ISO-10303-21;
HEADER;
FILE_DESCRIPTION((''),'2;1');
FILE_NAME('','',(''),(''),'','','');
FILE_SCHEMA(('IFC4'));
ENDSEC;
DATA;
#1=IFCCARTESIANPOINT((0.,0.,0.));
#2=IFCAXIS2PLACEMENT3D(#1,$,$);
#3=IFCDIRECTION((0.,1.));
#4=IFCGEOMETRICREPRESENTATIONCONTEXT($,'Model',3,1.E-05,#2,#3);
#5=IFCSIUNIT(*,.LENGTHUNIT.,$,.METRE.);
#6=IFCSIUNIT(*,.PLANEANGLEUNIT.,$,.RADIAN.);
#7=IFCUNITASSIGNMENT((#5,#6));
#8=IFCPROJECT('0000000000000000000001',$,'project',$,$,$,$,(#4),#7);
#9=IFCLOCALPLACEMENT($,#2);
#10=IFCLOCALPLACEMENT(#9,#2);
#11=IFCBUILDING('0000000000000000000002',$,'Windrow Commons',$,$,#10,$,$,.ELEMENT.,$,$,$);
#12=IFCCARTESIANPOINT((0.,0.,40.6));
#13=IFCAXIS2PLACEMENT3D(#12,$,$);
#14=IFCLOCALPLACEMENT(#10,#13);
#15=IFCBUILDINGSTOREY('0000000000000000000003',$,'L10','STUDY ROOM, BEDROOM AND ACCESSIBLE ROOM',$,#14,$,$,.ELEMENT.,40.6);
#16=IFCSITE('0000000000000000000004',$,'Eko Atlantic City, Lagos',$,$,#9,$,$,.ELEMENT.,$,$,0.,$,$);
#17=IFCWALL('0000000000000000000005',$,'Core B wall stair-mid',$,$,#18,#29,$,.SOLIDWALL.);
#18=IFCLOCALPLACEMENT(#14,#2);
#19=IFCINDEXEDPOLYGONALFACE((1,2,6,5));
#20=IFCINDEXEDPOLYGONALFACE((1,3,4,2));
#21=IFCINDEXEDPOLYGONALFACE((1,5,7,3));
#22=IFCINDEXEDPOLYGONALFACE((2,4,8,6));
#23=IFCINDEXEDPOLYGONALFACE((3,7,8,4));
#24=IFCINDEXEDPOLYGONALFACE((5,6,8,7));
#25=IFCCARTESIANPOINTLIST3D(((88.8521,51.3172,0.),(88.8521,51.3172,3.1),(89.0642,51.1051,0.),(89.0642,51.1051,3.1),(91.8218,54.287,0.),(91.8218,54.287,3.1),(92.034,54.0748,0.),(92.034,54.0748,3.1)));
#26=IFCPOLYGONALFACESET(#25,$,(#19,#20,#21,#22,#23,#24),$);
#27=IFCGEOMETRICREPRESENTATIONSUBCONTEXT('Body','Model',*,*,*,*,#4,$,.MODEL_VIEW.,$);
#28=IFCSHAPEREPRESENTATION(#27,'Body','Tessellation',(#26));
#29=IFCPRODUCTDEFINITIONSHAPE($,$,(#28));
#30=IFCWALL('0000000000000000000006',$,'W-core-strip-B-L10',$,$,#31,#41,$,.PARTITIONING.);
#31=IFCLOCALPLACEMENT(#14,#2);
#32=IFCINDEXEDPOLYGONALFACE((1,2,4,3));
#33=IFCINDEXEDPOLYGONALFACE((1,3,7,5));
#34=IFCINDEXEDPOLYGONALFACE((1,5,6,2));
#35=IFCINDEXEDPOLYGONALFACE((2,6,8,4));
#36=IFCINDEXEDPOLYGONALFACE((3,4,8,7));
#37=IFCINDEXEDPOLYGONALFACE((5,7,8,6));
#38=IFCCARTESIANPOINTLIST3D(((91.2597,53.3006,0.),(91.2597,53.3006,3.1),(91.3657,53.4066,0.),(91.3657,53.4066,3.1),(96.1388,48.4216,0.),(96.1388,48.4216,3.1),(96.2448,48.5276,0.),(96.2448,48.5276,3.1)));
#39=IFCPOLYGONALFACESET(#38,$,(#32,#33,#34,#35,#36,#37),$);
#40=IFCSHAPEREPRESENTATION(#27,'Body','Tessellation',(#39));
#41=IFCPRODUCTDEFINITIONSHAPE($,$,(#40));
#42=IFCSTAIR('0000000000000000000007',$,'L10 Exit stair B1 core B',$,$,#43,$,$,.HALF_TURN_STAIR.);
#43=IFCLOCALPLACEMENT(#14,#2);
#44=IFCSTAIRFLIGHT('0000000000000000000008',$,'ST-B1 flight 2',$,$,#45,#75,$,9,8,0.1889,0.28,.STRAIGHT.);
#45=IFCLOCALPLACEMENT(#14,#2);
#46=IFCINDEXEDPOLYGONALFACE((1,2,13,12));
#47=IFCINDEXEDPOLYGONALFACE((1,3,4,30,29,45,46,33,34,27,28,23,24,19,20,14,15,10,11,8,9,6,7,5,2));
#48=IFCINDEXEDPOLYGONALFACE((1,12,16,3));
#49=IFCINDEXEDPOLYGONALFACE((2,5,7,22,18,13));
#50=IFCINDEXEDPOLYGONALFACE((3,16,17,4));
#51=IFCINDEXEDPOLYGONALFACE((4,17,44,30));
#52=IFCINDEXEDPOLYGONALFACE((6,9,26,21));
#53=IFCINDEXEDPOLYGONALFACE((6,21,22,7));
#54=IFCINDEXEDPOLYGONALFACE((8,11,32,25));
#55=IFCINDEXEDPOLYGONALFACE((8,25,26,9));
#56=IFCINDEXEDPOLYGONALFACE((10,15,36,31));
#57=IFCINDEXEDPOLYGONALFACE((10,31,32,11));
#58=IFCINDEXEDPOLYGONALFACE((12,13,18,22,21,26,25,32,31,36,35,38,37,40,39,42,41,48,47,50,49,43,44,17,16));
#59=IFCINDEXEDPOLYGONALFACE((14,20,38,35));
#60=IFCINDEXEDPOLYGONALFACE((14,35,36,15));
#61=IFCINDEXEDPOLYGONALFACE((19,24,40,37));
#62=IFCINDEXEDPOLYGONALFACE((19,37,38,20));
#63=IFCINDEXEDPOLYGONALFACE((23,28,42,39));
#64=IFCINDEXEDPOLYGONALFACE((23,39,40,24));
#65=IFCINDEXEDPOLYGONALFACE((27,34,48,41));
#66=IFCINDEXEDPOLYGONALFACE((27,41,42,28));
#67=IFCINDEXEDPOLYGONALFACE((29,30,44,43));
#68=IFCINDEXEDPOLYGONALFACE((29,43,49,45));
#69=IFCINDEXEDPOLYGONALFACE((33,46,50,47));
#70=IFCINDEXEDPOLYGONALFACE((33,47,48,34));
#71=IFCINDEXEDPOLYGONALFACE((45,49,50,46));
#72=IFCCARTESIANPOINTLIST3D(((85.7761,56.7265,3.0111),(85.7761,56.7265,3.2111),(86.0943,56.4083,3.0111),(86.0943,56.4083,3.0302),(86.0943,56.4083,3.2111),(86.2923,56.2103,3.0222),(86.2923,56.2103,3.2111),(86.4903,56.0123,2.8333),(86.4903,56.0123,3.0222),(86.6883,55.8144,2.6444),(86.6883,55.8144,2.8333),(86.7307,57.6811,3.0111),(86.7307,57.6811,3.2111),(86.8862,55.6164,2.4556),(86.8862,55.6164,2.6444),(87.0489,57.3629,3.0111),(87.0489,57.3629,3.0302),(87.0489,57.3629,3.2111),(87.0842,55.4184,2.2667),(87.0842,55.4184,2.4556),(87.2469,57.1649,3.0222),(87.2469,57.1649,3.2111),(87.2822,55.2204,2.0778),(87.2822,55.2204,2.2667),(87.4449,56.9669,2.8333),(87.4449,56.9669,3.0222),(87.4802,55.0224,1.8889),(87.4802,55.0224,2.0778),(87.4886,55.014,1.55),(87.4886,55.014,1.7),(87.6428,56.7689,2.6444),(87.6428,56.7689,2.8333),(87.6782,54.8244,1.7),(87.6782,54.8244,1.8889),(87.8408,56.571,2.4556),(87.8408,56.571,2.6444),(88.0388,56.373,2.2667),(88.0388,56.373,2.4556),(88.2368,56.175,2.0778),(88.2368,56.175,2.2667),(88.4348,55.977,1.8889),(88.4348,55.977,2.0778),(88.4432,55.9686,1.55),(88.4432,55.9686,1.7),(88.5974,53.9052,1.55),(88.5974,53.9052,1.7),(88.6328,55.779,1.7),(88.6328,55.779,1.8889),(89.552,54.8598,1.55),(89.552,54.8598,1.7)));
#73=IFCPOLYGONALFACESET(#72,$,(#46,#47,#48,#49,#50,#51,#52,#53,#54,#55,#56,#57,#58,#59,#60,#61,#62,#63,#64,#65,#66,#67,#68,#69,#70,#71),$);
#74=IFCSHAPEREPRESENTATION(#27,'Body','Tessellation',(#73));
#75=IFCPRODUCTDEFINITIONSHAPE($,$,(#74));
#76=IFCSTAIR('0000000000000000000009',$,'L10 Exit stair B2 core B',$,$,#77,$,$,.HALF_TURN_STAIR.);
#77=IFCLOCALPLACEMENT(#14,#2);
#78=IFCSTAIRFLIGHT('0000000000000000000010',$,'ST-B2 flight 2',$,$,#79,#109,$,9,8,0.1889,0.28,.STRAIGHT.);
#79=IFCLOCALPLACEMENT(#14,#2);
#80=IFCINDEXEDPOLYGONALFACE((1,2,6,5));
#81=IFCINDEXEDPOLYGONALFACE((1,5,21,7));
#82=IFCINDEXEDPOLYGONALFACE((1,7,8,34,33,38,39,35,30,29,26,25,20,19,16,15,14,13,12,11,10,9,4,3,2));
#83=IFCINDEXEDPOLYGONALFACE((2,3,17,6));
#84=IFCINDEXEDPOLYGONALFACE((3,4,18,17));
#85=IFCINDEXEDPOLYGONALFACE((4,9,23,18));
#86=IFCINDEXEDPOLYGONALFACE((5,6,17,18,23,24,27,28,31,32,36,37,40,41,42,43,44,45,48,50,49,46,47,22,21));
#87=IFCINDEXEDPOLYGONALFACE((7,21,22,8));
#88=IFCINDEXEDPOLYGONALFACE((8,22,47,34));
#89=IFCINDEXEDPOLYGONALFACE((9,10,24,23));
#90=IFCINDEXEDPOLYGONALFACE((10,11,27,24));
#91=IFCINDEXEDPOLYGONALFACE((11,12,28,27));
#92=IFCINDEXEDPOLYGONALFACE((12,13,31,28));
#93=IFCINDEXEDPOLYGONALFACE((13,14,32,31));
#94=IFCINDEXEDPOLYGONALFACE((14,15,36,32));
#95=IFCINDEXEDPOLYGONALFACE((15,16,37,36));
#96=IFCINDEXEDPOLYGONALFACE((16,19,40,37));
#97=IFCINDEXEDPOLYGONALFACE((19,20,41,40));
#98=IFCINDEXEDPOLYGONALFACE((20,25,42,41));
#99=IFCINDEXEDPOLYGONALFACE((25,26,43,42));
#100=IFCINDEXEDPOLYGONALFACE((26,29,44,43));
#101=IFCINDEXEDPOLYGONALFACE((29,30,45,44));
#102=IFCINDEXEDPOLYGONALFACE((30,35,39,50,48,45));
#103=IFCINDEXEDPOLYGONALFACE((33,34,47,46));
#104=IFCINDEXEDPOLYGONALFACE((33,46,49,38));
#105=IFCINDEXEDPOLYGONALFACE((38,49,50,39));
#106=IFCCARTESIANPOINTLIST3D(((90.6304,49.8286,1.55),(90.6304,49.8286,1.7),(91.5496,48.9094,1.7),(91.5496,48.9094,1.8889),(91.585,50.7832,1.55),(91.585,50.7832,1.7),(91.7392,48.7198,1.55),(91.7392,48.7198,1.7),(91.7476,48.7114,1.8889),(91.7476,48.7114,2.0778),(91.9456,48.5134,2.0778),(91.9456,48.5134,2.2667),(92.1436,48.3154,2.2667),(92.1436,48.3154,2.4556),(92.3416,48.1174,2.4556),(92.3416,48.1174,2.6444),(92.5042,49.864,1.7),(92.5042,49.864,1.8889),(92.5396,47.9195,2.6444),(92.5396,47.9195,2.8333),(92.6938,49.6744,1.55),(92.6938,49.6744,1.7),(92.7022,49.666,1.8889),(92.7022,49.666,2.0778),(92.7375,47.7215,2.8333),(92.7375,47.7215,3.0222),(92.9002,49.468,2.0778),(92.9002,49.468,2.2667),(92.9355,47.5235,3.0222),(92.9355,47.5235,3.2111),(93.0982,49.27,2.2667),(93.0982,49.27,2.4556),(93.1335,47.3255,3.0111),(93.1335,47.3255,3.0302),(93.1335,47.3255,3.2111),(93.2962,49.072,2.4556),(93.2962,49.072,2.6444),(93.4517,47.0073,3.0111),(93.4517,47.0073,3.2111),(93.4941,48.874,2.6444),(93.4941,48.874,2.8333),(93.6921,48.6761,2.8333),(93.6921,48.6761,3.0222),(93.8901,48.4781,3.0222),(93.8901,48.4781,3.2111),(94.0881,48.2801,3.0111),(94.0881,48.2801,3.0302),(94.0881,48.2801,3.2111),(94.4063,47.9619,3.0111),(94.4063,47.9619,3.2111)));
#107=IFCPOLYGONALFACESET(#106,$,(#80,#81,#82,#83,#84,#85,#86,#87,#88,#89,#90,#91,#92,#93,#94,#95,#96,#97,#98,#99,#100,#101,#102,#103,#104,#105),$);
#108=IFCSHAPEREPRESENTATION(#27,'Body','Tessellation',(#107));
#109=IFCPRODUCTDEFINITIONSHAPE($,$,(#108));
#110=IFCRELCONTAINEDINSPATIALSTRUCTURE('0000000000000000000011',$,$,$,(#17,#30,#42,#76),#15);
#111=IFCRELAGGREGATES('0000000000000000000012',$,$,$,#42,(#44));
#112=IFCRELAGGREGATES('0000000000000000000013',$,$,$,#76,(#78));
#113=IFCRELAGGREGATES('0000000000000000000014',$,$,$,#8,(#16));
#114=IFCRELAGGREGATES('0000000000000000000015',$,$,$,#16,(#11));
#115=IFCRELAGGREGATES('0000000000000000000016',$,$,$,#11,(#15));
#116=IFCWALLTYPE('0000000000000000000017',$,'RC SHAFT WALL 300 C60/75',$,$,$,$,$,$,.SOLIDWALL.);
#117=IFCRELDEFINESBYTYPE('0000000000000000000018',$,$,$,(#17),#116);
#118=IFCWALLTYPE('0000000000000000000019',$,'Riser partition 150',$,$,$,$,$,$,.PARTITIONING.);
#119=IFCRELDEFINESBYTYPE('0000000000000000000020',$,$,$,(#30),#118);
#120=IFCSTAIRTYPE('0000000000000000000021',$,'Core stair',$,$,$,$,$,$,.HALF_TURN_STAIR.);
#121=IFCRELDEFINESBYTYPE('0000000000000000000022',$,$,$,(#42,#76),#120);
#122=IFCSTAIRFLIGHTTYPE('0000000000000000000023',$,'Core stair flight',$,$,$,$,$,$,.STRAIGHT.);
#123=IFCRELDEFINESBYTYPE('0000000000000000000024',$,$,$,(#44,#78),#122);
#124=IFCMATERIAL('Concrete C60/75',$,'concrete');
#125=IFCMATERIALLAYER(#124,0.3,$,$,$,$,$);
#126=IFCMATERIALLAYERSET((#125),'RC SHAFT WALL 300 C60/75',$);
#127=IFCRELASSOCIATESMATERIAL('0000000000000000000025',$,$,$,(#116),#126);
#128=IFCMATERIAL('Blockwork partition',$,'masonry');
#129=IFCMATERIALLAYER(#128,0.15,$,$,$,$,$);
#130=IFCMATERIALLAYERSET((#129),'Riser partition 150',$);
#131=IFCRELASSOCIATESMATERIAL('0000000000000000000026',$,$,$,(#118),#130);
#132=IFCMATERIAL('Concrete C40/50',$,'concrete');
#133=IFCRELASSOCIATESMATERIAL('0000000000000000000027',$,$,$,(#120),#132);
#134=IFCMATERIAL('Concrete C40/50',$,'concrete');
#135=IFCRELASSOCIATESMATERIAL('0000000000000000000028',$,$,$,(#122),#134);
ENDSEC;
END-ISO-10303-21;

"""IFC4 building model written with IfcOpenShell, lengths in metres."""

from ifc_helpers import new_model, si_unit, direction, frame, frame_2d, origin, place, context, subcontext, project, spatial, polyline, rectangle, outline, extrude, material, layer, layer_set, type_object, element, aggregate, save


model = new_model("IFC4")

# Units and contexts
model_context = context("Model", 3, precision=1e-05, world=origin(), true_north=direction((0.0, 1.0)))
body_context = subcontext(model_context, "Body", "Model", "MODEL_VIEW")
ifc_project = project(units=[si_unit("LENGTHUNIT", "METRE"), si_unit("PLANEANGLEUNIT", "RADIAN")], contexts=[model_context])

# Site, building, storey
site_placement = place(None, origin())
site = spatial("IfcSite", under=ifc_project, at=site_placement, Name="Eko Atlantic City, Lagos", CompositionType="ELEMENT", RefElevation=0.0)
building_placement = place(site_placement, origin())
building = spatial("IfcBuilding", under=site, at=building_placement, Name="Windrow Commons", CompositionType="ELEMENT")
storey_placement = place(building_placement, frame((0.0, 0.0, 40.6)))
storey = spatial("IfcBuildingStorey", under=building, at=storey_placement, Name="L10", Description="STUDY ROOM, BEDROOM AND ACCESSIBLE ROOM", CompositionType="ELEMENT", Elevation=40.6)

# Walls
ifc_material_1 = material(Name="Concrete C60/75", Category="concrete")
ifc_layer_1 = layer(ifc_material_1, 0.3)
ifc_layer_set_1 = layer_set([ifc_layer_1], Name="RC SHAFT WALL 300 C60/75")
wall_type_1 = type_object("IfcWallType", Name="RC SHAFT WALL 300 C60/75", PredefinedType="SOLIDWALL", material=ifc_layer_set_1)
wall_1_placement = place(storey_placement, frame((88.9581, 51.2111, 0.0), z_axis=(0.0, 0.0, 1.0), x_axis=(0.707107, 0.707107, 0.0)))
element("IfcWall", 1, at=wall_1_placement, inside=storey, type_object=wall_type_1, Name="Core B wall stair-mid", PredefinedType="SOLIDWALL", context=body_context, shape_type="SweptSolid", body=[
    extrude(rectangle(XDim=4.1999, YDim=0.3, at=frame_2d((2.1, 0.0))), origin(), (0.0, 0.0, 1.0), 3.1),
])
ifc_material_2 = material(Name="Blockwork partition", Category="masonry")
ifc_layer_2 = layer(ifc_material_2, 0.15)
ifc_layer_set_2 = layer_set([ifc_layer_2], Name="Riser partition 150")
wall_type_2 = type_object("IfcWallType", Name="Riser partition 150", PredefinedType="PARTITIONING", material=ifc_layer_set_2)
wall_2_placement = place(storey_placement, frame((91.3127, 53.3536, 0.0), z_axis=(0.0, 0.0, 1.0), x_axis=(0.707114, -0.7071, 0.0)))
element("IfcWall", 2, at=wall_2_placement, inside=storey, type_object=wall_type_2, Name="W-core-strip-B-L10", PredefinedType="PARTITIONING", context=body_context, shape_type="SweptSolid", body=[
    extrude(rectangle(XDim=6.9, YDim=0.15, at=frame_2d((3.45, 0.0))), origin(), (0.0, 0.0, 1.0), 3.1),
])

# Stairs, stair flights
ifc_material_3 = material(Name="Concrete C40/50", Category="concrete")
stair_type = type_object("IfcStairType", Name="Core stair", PredefinedType="HALF_TURN_STAIR", material=ifc_material_3)
placement = place(storey_placement, origin())
stair_1 = element("IfcStair", 3, at=placement, inside=storey, type_object=stair_type, Name="L10 Exit stair B1 core B", PredefinedType="HALF_TURN_STAIR")
ifc_material_4 = material(Name="Concrete C40/50", Category="concrete")
stair_flight_type = type_object("IfcStairFlightType", Name="Core stair flight", PredefinedType="STRAIGHT", material=ifc_material_4)
stair_flight_1_placement = place(storey_placement, frame((88.1555, 55.3017, 1.7), z_axis=(0.0, 0.0, 1.0), x_axis=(-0.707107, 0.707107, 0.0)))
stair_flight_1 = element("IfcStairFlight", 4, at=stair_flight_1_placement, type_object=stair_flight_type, Name="ST-B1 flight 2", NumberOfRisers=9, NumberOfTreads=8, PredefinedType="STRAIGHT", RiserHeight=0.1889, TreadLength=0.28, context=body_context, shape_type="SweptSolid", body=[
    extrude(outline(polyline([(-1.3, -0.15), (-1.3, 0.0), (0.0, 0.0), (0.0, 0.1889), (0.28, 0.1889), (0.28, 0.3778), (0.56, 0.3778), (0.56, 0.5667), (0.84, 0.5667), (0.84, 0.7556), (1.12, 0.7556), (1.12, 0.9444), (1.4, 0.9444), (1.4, 1.1333), (1.68, 1.1333), (1.68, 1.3222), (1.96, 1.3222), (1.96, 1.5111), (2.24, 1.5111), (2.69, 1.5111), (2.69, 1.3111), (2.24, 1.3111), (2.24, 1.3302), (0.2682, 0.0), (0.2682, -0.15), (-1.3, -0.15)])), frame((0.0, 0.675, 0.0), z_axis=(0.0, -1.0, 0.0), x_axis=(1.0, 0.0, 0.0)), (0.0, 0.0, 1.0), 1.35),
])
aggregate(stair_1, [stair_flight_1])
stair_2 = element("IfcStair", 5, at=placement, inside=storey, type_object=stair_type, Name="L10 Exit stair B2 core B", PredefinedType="HALF_TURN_STAIR")
stair_flight_2_placement = place(storey_placement, frame((92.0269, 49.3867, 1.7), z_axis=(0.0, 0.0, 1.0), x_axis=(0.707107, -0.707107, 0.0)))
stair_flight_2 = element("IfcStairFlight", 6, at=stair_flight_2_placement, type_object=stair_flight_type, Name="ST-B2 flight 2", NumberOfRisers=9, NumberOfTreads=8, PredefinedType="STRAIGHT", RiserHeight=0.1889, TreadLength=0.28, context=body_context, shape_type="SweptSolid", body=[
    extrude(outline(polyline([(-1.3, -0.15), (-1.3, 0.0), (0.0, 0.0), (0.0, 0.1889), (0.28, 0.1889), (0.28, 0.3778), (0.56, 0.3778), (0.56, 0.5667), (0.84, 0.5667), (0.84, 0.7556), (1.12, 0.7556), (1.12, 0.9444), (1.4, 0.9444), (1.4, 1.1333), (1.68, 1.1333), (1.68, 1.3222), (1.96, 1.3222), (1.96, 1.5111), (2.24, 1.5111), (2.69, 1.5111), (2.69, 1.3111), (2.24, 1.3111), (2.24, 1.3302), (0.2682, 0.0), (0.2682, -0.15), (-1.3, -0.15)])), frame((0.0, 0.675, 0.0), z_axis=(0.0, -1.0, 0.0), x_axis=(1.0, 0.0, 0.0)), (0.0, 0.0, 1.0), 1.35),
])
aggregate(stair_2, [stair_flight_2])

save(model, "model.ifc")
